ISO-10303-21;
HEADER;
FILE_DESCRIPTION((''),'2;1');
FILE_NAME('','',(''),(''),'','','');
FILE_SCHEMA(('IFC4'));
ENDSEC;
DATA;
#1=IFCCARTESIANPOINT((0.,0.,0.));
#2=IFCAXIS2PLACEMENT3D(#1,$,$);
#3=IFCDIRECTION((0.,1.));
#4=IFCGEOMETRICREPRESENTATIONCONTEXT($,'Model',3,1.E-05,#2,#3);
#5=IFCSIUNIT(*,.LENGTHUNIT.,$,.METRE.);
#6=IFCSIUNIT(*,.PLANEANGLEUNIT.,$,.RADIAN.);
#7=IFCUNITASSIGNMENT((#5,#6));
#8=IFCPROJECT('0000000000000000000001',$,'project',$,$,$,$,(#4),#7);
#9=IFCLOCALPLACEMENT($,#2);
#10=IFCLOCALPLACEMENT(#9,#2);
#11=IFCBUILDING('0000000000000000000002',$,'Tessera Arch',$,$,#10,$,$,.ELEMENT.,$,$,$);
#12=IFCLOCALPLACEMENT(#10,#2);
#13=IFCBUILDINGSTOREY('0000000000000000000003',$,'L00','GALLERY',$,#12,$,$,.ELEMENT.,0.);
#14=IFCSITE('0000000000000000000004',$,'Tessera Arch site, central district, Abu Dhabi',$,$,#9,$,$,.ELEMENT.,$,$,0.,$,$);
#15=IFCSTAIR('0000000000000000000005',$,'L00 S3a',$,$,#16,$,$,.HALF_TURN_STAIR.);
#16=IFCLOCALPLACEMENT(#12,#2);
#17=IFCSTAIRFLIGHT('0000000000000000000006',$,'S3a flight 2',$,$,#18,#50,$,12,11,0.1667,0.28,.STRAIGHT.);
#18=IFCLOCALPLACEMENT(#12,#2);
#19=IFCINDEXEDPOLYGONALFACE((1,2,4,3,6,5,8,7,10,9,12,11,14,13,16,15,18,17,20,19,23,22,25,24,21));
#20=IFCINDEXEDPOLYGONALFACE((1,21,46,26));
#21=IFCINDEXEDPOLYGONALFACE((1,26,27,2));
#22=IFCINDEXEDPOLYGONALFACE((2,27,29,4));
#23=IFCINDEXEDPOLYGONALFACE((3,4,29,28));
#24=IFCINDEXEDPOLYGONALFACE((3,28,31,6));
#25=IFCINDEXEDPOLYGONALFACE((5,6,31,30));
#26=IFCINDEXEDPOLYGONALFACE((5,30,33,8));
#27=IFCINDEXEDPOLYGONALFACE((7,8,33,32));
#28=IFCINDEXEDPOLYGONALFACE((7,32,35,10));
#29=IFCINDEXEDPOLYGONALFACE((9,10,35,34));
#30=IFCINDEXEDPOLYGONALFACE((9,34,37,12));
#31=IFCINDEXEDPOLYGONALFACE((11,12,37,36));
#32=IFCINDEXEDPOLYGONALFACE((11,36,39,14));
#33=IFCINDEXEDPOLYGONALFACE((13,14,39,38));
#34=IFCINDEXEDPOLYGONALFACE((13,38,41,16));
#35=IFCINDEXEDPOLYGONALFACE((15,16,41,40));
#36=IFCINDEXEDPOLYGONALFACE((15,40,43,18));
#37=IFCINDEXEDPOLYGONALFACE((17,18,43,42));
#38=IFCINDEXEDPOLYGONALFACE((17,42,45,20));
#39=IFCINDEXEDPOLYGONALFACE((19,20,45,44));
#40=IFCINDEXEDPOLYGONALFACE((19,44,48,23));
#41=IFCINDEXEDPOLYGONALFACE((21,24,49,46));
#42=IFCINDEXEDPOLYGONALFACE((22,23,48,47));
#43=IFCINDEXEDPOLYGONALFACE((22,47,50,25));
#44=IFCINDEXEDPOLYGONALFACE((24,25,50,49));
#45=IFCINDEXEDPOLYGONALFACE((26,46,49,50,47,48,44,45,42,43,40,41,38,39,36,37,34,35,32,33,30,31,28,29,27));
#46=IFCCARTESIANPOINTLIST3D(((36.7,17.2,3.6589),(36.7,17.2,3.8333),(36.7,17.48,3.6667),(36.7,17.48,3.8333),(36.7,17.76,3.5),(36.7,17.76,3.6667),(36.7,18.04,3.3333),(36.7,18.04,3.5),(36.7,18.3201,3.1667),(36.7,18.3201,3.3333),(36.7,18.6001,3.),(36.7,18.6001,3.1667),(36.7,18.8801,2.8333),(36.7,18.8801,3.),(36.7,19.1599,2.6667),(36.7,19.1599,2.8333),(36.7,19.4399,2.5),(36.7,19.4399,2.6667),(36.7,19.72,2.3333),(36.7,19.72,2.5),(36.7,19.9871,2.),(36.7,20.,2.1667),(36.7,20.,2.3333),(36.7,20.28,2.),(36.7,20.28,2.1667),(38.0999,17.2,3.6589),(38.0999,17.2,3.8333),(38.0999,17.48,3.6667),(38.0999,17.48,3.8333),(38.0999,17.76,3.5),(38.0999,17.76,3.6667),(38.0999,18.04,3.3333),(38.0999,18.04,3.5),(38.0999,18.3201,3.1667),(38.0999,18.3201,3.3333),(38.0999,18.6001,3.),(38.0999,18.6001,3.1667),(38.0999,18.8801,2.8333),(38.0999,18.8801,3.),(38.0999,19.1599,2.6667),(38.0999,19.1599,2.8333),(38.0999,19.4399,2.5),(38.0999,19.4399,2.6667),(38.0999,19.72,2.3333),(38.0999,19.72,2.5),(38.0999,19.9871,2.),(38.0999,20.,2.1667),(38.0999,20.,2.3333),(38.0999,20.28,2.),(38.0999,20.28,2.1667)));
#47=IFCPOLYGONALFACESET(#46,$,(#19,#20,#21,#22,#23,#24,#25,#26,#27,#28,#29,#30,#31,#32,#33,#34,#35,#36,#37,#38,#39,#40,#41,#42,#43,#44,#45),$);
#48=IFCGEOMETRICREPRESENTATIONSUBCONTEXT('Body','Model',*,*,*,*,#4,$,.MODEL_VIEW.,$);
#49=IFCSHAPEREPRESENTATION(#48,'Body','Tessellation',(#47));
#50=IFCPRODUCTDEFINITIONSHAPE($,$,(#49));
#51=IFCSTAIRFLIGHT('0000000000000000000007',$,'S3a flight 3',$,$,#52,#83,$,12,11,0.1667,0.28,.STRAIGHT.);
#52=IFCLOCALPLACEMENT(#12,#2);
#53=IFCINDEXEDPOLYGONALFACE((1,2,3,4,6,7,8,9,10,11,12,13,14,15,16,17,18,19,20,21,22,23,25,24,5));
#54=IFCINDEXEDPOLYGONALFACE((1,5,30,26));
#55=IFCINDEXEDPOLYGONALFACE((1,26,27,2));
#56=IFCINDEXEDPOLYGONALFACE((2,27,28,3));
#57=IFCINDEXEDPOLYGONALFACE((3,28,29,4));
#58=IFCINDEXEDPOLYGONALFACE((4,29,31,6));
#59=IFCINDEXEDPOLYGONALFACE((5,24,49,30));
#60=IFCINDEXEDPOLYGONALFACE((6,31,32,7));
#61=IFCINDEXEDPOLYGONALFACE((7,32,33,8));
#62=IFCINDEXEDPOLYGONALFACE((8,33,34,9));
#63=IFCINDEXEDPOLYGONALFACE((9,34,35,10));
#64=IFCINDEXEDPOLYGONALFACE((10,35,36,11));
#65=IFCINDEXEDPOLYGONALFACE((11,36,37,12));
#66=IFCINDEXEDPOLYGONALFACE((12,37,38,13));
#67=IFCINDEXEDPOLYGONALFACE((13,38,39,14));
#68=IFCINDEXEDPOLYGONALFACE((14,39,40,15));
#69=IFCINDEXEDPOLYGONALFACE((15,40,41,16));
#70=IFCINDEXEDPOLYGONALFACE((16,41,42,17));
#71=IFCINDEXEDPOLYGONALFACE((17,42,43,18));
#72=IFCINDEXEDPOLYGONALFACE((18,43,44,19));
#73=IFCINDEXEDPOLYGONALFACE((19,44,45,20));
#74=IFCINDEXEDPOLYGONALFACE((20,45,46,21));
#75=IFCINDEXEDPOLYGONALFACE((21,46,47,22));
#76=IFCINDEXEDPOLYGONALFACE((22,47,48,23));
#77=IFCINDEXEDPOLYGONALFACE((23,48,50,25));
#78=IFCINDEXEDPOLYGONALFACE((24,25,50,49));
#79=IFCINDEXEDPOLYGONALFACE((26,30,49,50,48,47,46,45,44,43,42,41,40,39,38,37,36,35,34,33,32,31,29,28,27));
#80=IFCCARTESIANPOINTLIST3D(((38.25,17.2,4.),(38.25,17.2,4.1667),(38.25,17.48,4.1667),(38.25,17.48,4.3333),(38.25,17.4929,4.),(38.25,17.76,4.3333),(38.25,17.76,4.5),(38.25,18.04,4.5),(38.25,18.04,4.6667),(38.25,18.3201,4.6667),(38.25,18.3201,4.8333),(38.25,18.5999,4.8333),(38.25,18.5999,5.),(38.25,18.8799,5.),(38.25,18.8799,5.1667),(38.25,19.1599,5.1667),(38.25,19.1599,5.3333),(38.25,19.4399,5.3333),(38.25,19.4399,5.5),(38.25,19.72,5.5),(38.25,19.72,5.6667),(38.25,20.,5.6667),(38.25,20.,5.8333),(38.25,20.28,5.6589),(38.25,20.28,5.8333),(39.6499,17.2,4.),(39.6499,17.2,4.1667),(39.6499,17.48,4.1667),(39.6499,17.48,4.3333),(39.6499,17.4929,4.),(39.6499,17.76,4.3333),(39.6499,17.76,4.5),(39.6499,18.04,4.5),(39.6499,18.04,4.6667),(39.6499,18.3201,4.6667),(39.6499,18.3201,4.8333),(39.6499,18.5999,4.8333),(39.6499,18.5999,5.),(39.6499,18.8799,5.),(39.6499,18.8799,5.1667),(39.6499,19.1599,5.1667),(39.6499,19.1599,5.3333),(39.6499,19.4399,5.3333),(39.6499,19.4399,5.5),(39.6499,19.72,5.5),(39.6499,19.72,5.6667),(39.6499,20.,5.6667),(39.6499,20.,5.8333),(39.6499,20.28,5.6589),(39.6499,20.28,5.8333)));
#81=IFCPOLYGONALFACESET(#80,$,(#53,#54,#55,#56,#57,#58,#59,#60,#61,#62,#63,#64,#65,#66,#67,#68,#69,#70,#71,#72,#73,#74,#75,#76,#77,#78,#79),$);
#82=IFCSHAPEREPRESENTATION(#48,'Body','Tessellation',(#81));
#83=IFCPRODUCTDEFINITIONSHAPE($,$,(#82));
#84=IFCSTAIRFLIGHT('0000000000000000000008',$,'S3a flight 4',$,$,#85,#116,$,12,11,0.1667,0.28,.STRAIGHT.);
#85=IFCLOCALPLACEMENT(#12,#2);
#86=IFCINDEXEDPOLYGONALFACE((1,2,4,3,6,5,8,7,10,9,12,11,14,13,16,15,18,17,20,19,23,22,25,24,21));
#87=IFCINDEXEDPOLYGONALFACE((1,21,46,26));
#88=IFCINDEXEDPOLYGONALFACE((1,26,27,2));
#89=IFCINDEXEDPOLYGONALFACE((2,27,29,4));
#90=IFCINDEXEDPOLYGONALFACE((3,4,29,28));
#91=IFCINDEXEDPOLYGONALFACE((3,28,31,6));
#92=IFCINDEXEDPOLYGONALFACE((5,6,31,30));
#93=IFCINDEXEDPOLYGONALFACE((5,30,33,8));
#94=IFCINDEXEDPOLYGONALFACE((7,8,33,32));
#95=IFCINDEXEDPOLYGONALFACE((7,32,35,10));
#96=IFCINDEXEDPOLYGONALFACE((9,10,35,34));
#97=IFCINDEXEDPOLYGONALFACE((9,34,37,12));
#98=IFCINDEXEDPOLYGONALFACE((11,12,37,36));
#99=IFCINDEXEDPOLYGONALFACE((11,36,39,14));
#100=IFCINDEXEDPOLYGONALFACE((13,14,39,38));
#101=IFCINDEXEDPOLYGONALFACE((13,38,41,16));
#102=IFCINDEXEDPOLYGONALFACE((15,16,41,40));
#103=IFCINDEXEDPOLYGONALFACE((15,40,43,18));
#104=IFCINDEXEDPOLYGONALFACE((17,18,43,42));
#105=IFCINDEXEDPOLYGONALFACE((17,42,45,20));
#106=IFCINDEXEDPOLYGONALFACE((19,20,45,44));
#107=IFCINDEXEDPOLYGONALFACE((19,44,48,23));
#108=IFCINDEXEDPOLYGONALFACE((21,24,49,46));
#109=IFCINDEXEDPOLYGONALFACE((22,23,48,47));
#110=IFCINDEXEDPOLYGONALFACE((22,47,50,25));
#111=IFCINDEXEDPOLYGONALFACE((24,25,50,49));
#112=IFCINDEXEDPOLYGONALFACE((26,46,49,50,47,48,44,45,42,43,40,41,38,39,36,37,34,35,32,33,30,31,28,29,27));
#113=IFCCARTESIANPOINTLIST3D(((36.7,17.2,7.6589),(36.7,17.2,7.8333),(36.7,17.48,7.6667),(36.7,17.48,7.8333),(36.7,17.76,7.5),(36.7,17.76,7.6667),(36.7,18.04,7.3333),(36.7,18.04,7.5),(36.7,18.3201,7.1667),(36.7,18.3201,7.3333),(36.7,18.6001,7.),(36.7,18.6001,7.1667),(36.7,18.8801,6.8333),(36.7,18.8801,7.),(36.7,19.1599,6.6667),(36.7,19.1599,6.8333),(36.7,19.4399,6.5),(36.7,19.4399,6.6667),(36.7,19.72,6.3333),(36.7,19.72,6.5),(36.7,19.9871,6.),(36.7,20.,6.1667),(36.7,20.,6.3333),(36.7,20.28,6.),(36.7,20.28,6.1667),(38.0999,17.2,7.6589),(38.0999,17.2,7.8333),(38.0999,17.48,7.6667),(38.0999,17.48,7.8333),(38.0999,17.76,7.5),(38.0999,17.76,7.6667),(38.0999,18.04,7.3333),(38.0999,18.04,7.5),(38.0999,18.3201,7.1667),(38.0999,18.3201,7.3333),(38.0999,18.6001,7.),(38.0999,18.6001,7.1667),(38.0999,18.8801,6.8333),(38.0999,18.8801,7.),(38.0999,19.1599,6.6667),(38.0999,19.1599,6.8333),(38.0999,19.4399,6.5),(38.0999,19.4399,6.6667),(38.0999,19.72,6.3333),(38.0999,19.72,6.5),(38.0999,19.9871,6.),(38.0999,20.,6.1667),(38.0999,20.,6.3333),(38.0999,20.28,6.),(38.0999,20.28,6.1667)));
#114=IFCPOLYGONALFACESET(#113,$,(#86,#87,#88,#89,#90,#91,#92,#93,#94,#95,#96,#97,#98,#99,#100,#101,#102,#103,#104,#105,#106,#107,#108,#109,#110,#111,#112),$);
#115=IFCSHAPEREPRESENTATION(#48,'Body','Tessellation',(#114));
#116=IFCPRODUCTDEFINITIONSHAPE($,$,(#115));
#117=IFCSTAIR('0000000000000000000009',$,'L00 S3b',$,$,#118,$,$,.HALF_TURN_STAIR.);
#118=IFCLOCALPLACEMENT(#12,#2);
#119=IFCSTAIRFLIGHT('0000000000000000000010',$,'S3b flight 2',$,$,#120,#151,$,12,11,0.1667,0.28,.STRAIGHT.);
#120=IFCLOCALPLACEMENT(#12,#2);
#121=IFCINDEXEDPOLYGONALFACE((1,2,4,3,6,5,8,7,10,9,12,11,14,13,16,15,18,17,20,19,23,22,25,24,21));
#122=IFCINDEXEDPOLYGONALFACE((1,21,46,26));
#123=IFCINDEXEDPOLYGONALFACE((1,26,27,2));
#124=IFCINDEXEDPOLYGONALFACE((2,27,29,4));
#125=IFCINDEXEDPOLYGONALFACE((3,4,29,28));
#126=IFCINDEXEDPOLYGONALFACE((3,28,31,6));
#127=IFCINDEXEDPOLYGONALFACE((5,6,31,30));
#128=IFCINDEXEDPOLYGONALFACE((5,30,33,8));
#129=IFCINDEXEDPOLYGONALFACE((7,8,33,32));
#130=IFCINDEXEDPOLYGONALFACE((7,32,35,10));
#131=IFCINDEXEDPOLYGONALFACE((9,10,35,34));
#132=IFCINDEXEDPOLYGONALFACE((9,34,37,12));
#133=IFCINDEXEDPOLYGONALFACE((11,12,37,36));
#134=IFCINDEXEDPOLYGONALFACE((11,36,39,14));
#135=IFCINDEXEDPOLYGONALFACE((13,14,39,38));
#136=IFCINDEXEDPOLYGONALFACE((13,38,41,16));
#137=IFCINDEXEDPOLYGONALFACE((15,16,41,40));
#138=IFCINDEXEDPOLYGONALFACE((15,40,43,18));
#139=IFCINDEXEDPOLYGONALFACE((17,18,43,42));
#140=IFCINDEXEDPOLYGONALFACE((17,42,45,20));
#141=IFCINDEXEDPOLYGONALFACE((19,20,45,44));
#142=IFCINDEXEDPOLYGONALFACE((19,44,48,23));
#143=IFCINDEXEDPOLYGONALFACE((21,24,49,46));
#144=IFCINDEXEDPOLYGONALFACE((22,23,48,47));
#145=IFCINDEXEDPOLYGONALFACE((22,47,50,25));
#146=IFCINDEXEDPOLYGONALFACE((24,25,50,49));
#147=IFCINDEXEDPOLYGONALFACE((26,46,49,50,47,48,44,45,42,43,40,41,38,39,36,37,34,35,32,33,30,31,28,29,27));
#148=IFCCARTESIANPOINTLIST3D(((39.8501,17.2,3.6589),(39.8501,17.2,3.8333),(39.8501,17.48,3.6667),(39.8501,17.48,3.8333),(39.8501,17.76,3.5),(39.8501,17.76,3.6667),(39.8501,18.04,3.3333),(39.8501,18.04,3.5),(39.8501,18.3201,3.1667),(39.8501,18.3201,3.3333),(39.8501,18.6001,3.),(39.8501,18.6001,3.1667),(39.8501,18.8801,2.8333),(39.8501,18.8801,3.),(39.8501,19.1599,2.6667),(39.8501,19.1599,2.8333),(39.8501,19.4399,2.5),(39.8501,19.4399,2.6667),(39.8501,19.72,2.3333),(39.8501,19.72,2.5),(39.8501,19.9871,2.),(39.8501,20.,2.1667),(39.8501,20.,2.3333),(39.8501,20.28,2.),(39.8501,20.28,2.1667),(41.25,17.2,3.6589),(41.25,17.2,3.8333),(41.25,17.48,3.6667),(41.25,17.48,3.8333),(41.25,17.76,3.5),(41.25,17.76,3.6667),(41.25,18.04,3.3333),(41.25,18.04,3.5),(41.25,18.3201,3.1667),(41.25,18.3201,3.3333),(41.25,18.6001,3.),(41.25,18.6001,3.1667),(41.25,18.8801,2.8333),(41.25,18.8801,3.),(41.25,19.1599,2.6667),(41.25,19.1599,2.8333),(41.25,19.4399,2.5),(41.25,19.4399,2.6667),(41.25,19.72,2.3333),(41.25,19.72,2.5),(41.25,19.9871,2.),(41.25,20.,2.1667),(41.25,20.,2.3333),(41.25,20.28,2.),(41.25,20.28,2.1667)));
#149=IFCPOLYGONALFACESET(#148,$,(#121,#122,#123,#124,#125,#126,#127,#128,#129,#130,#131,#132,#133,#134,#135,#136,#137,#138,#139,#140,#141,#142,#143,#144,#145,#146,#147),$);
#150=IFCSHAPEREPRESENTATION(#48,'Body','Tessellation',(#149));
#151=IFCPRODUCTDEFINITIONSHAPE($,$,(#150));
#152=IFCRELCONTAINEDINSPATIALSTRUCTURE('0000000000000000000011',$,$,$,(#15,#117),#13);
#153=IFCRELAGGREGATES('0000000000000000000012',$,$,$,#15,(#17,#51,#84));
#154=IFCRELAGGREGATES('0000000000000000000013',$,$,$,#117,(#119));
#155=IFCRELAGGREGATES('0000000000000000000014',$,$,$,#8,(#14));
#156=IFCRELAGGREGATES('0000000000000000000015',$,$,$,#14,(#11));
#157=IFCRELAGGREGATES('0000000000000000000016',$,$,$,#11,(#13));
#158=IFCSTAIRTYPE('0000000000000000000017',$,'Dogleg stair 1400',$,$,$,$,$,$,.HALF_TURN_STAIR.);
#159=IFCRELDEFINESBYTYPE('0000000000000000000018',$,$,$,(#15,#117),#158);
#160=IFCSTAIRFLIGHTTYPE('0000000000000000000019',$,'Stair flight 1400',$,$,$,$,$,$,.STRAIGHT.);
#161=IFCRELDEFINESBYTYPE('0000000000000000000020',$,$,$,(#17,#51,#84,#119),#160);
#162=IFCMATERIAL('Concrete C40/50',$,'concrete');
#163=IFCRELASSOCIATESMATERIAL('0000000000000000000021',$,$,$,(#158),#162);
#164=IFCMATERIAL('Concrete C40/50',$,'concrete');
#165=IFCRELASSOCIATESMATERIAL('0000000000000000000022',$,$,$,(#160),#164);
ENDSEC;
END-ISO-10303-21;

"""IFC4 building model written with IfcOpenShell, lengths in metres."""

from ifc_helpers import new_model, si_unit, direction, frame, origin, place, context, subcontext, project, spatial, polyline, outline, extrude, material, type_object, element, aggregate, save


model = new_model("IFC4")

# Units and contexts
model_context = context("Model", 3, precision=1e-05, world=origin(), true_north=direction((0.0, 1.0)))
body_context = subcontext(model_context, "Body", "Model", "MODEL_VIEW")
ifc_project = project(units=[si_unit("LENGTHUNIT", "METRE"), si_unit("PLANEANGLEUNIT", "RADIAN")], contexts=[model_context])

# Site, building, storey
site_placement = place(None, origin())
site = spatial("IfcSite", under=ifc_project, at=site_placement, Name="Tessera Arch site, central district, Abu Dhabi", CompositionType="ELEMENT", RefElevation=0.0)
building_placement = place(site_placement, origin())
building = spatial("IfcBuilding", under=site, at=building_placement, Name="Tessera Arch", CompositionType="ELEMENT")
storey_placement = place(building_placement, origin())
storey = spatial("IfcBuildingStorey", under=building, at=storey_placement, Name="L00", Description="GALLERY", CompositionType="ELEMENT", Elevation=0.0)

# Stairs, stair flights
ifc_material_1 = material(Name="Concrete C40/50", Category="concrete")
stair_type = type_object("IfcStairType", Name="Dogleg stair 1400", PredefinedType="HALF_TURN_STAIR", material=ifc_material_1)
stair_1_placement = place(storey_placement, origin())
stair_1 = element("IfcStair", 1, at=stair_1_placement, inside=storey, type_object=stair_type, Name="L00 S3a", PredefinedType="HALF_TURN_STAIR")
ifc_material_2 = material(Name="Concrete C40/50", Category="concrete")
stair_flight_type = type_object("IfcStairFlightType", Name="Stair flight 1400", PredefinedType="STRAIGHT", material=ifc_material_2)
stair_flight_1_placement = place(storey_placement, frame((37.3999, 20.28, 2.0), z_axis=(0.0, 0.0, 1.0), x_axis=(0.0, -1.0, 0.0)))
stair_flight_1 = element("IfcStairFlight", 2, at=stair_flight_1_placement, type_object=stair_flight_type, Name="S3a flight 2", NumberOfRisers=12, NumberOfTreads=11, PredefinedType="STRAIGHT", RiserHeight=0.1667, TreadLength=0.28, context=body_context, shape_type="SweptSolid", body=[
    extrude(outline(polyline([(0.0, 0.0), (0.0, 0.1667), (0.28, 0.1667), (0.28, 0.3333), (0.5601, 0.3333), (0.5601, 0.5), (0.8401, 0.5), (0.8401, 0.6667), (1.1201, 0.6667), (1.1201, 0.8333), (1.3999, 0.8333), (1.3999, 1.0), (1.6799, 1.0), (1.6799, 1.1667), (1.96, 1.1667), (1.96, 1.3333), (2.24, 1.3333), (2.24, 1.5), (2.52, 1.5), (2.52, 1.6667), (2.8, 1.6667), (2.8, 1.8333), (3.0801, 1.8333), (3.0801, 2.0), (3.0801, 1.6589), (0.293, 0.0), (0.0, 0.0)])), frame((0.0, 0.7, 0.0), z_axis=(0.0, -1.0, 0.0), x_axis=(1.0, 0.0, 0.0)), (0.0, 0.0, 1.0), 1.3999),
])
stair_flight_2_placement = place(storey_placement, frame((38.95, 17.2, 4.0), z_axis=(0.0, 0.0, 1.0), x_axis=(0.0, 1.0, 0.0)))
stair_flight_2 = element("IfcStairFlight", 3, at=stair_flight_2_placement, type_object=stair_flight_type, Name="S3a flight 3", NumberOfRisers=12, NumberOfTreads=11, PredefinedType="STRAIGHT", RiserHeight=0.1667, TreadLength=0.28, context=body_context, shape_type="SweptSolid", body=[
    extrude(outline(polyline([(0.0, 0.0), (0.0, 0.1667), (0.28, 0.1667), (0.28, 0.3333), (0.5601, 0.3333), (0.5601, 0.5), (0.8401, 0.5), (0.8401, 0.6667), (1.1201, 0.6667), (1.1201, 0.8333), (1.3999, 0.8333), (1.3999, 1.0), (1.6799, 1.0), (1.6799, 1.1667), (1.96, 1.1667), (1.96, 1.3333), (2.24, 1.3333), (2.24, 1.5), (2.52, 1.5), (2.52, 1.6667), (2.8, 1.6667), (2.8, 1.8333), (3.0801, 1.8333), (3.0801, 2.0), (3.0801, 1.6589), (0.293, 0.0), (0.0, 0.0)])), frame((0.0, 0.7, 0.0), z_axis=(0.0, -1.0, 0.0), x_axis=(1.0, 0.0, 0.0)), (0.0, 0.0, 1.0), 1.3999),
])
stair_flight_3_placement = place(storey_placement, frame((37.3999, 20.28, 6.0), z_axis=(0.0, 0.0, 1.0), x_axis=(0.0, -1.0, 0.0)))
stair_flight_3 = element("IfcStairFlight", 4, at=stair_flight_3_placement, type_object=stair_flight_type, Name="S3a flight 4", NumberOfRisers=12, NumberOfTreads=11, PredefinedType="STRAIGHT", RiserHeight=0.1667, TreadLength=0.28, context=body_context, shape_type="SweptSolid", body=[
    extrude(outline(polyline([(0.0, 0.0), (0.0, 0.1667), (0.28, 0.1667), (0.28, 0.3333), (0.5601, 0.3333), (0.5601, 0.5), (0.8401, 0.5), (0.8401, 0.6667), (1.1201, 0.6667), (1.1201, 0.8333), (1.3999, 0.8333), (1.3999, 1.0), (1.6799, 1.0), (1.6799, 1.1667), (1.96, 1.1667), (1.96, 1.3333), (2.24, 1.3333), (2.24, 1.5), (2.52, 1.5), (2.52, 1.6667), (2.8, 1.6667), (2.8, 1.8333), (3.0801, 1.8333), (3.0801, 2.0), (3.0801, 1.6589), (0.293, 0.0), (0.0, 0.0)])), frame((0.0, 0.7, 0.0), z_axis=(0.0, -1.0, 0.0), x_axis=(1.0, 0.0, 0.0)), (0.0, 0.0, 1.0), 1.3999),
])
aggregate(stair_1, [stair_flight_1, stair_flight_2, stair_flight_3])
stair_2_placement = place(storey_placement, origin())
stair_2 = element("IfcStair", 5, at=stair_2_placement, inside=storey, type_object=stair_type, Name="L00 S3b", PredefinedType="HALF_TURN_STAIR")
stair_flight_4_placement = place(storey_placement, frame((40.55, 20.28, 2.0), z_axis=(0.0, 0.0, 1.0), x_axis=(0.0, -1.0, 0.0)))
stair_flight_4 = element("IfcStairFlight", 6, at=stair_flight_4_placement, type_object=stair_flight_type, Name="S3b flight 2", NumberOfRisers=12, NumberOfTreads=11, PredefinedType="STRAIGHT", RiserHeight=0.1667, TreadLength=0.28, context=body_context, shape_type="SweptSolid", body=[
    extrude(outline(polyline([(0.0, 0.0), (0.0, 0.1667), (0.28, 0.1667), (0.28, 0.3333), (0.5601, 0.3333), (0.5601, 0.5), (0.8401, 0.5), (0.8401, 0.6667), (1.1201, 0.6667), (1.1201, 0.8333), (1.3999, 0.8333), (1.3999, 1.0), (1.6799, 1.0), (1.6799, 1.1667), (1.96, 1.1667), (1.96, 1.3333), (2.24, 1.3333), (2.24, 1.5), (2.52, 1.5), (2.52, 1.6667), (2.8, 1.6667), (2.8, 1.8333), (3.0801, 1.8333), (3.0801, 2.0), (3.0801, 1.6589), (0.293, 0.0), (0.0, 0.0)])), frame((0.0, 0.7, 0.0), z_axis=(0.0, -1.0, 0.0), x_axis=(1.0, 0.0, 0.0)), (0.0, 0.0, 1.0), 1.3999),
])
aggregate(stair_2, [stair_flight_4])

save(model, "model.ifc")
